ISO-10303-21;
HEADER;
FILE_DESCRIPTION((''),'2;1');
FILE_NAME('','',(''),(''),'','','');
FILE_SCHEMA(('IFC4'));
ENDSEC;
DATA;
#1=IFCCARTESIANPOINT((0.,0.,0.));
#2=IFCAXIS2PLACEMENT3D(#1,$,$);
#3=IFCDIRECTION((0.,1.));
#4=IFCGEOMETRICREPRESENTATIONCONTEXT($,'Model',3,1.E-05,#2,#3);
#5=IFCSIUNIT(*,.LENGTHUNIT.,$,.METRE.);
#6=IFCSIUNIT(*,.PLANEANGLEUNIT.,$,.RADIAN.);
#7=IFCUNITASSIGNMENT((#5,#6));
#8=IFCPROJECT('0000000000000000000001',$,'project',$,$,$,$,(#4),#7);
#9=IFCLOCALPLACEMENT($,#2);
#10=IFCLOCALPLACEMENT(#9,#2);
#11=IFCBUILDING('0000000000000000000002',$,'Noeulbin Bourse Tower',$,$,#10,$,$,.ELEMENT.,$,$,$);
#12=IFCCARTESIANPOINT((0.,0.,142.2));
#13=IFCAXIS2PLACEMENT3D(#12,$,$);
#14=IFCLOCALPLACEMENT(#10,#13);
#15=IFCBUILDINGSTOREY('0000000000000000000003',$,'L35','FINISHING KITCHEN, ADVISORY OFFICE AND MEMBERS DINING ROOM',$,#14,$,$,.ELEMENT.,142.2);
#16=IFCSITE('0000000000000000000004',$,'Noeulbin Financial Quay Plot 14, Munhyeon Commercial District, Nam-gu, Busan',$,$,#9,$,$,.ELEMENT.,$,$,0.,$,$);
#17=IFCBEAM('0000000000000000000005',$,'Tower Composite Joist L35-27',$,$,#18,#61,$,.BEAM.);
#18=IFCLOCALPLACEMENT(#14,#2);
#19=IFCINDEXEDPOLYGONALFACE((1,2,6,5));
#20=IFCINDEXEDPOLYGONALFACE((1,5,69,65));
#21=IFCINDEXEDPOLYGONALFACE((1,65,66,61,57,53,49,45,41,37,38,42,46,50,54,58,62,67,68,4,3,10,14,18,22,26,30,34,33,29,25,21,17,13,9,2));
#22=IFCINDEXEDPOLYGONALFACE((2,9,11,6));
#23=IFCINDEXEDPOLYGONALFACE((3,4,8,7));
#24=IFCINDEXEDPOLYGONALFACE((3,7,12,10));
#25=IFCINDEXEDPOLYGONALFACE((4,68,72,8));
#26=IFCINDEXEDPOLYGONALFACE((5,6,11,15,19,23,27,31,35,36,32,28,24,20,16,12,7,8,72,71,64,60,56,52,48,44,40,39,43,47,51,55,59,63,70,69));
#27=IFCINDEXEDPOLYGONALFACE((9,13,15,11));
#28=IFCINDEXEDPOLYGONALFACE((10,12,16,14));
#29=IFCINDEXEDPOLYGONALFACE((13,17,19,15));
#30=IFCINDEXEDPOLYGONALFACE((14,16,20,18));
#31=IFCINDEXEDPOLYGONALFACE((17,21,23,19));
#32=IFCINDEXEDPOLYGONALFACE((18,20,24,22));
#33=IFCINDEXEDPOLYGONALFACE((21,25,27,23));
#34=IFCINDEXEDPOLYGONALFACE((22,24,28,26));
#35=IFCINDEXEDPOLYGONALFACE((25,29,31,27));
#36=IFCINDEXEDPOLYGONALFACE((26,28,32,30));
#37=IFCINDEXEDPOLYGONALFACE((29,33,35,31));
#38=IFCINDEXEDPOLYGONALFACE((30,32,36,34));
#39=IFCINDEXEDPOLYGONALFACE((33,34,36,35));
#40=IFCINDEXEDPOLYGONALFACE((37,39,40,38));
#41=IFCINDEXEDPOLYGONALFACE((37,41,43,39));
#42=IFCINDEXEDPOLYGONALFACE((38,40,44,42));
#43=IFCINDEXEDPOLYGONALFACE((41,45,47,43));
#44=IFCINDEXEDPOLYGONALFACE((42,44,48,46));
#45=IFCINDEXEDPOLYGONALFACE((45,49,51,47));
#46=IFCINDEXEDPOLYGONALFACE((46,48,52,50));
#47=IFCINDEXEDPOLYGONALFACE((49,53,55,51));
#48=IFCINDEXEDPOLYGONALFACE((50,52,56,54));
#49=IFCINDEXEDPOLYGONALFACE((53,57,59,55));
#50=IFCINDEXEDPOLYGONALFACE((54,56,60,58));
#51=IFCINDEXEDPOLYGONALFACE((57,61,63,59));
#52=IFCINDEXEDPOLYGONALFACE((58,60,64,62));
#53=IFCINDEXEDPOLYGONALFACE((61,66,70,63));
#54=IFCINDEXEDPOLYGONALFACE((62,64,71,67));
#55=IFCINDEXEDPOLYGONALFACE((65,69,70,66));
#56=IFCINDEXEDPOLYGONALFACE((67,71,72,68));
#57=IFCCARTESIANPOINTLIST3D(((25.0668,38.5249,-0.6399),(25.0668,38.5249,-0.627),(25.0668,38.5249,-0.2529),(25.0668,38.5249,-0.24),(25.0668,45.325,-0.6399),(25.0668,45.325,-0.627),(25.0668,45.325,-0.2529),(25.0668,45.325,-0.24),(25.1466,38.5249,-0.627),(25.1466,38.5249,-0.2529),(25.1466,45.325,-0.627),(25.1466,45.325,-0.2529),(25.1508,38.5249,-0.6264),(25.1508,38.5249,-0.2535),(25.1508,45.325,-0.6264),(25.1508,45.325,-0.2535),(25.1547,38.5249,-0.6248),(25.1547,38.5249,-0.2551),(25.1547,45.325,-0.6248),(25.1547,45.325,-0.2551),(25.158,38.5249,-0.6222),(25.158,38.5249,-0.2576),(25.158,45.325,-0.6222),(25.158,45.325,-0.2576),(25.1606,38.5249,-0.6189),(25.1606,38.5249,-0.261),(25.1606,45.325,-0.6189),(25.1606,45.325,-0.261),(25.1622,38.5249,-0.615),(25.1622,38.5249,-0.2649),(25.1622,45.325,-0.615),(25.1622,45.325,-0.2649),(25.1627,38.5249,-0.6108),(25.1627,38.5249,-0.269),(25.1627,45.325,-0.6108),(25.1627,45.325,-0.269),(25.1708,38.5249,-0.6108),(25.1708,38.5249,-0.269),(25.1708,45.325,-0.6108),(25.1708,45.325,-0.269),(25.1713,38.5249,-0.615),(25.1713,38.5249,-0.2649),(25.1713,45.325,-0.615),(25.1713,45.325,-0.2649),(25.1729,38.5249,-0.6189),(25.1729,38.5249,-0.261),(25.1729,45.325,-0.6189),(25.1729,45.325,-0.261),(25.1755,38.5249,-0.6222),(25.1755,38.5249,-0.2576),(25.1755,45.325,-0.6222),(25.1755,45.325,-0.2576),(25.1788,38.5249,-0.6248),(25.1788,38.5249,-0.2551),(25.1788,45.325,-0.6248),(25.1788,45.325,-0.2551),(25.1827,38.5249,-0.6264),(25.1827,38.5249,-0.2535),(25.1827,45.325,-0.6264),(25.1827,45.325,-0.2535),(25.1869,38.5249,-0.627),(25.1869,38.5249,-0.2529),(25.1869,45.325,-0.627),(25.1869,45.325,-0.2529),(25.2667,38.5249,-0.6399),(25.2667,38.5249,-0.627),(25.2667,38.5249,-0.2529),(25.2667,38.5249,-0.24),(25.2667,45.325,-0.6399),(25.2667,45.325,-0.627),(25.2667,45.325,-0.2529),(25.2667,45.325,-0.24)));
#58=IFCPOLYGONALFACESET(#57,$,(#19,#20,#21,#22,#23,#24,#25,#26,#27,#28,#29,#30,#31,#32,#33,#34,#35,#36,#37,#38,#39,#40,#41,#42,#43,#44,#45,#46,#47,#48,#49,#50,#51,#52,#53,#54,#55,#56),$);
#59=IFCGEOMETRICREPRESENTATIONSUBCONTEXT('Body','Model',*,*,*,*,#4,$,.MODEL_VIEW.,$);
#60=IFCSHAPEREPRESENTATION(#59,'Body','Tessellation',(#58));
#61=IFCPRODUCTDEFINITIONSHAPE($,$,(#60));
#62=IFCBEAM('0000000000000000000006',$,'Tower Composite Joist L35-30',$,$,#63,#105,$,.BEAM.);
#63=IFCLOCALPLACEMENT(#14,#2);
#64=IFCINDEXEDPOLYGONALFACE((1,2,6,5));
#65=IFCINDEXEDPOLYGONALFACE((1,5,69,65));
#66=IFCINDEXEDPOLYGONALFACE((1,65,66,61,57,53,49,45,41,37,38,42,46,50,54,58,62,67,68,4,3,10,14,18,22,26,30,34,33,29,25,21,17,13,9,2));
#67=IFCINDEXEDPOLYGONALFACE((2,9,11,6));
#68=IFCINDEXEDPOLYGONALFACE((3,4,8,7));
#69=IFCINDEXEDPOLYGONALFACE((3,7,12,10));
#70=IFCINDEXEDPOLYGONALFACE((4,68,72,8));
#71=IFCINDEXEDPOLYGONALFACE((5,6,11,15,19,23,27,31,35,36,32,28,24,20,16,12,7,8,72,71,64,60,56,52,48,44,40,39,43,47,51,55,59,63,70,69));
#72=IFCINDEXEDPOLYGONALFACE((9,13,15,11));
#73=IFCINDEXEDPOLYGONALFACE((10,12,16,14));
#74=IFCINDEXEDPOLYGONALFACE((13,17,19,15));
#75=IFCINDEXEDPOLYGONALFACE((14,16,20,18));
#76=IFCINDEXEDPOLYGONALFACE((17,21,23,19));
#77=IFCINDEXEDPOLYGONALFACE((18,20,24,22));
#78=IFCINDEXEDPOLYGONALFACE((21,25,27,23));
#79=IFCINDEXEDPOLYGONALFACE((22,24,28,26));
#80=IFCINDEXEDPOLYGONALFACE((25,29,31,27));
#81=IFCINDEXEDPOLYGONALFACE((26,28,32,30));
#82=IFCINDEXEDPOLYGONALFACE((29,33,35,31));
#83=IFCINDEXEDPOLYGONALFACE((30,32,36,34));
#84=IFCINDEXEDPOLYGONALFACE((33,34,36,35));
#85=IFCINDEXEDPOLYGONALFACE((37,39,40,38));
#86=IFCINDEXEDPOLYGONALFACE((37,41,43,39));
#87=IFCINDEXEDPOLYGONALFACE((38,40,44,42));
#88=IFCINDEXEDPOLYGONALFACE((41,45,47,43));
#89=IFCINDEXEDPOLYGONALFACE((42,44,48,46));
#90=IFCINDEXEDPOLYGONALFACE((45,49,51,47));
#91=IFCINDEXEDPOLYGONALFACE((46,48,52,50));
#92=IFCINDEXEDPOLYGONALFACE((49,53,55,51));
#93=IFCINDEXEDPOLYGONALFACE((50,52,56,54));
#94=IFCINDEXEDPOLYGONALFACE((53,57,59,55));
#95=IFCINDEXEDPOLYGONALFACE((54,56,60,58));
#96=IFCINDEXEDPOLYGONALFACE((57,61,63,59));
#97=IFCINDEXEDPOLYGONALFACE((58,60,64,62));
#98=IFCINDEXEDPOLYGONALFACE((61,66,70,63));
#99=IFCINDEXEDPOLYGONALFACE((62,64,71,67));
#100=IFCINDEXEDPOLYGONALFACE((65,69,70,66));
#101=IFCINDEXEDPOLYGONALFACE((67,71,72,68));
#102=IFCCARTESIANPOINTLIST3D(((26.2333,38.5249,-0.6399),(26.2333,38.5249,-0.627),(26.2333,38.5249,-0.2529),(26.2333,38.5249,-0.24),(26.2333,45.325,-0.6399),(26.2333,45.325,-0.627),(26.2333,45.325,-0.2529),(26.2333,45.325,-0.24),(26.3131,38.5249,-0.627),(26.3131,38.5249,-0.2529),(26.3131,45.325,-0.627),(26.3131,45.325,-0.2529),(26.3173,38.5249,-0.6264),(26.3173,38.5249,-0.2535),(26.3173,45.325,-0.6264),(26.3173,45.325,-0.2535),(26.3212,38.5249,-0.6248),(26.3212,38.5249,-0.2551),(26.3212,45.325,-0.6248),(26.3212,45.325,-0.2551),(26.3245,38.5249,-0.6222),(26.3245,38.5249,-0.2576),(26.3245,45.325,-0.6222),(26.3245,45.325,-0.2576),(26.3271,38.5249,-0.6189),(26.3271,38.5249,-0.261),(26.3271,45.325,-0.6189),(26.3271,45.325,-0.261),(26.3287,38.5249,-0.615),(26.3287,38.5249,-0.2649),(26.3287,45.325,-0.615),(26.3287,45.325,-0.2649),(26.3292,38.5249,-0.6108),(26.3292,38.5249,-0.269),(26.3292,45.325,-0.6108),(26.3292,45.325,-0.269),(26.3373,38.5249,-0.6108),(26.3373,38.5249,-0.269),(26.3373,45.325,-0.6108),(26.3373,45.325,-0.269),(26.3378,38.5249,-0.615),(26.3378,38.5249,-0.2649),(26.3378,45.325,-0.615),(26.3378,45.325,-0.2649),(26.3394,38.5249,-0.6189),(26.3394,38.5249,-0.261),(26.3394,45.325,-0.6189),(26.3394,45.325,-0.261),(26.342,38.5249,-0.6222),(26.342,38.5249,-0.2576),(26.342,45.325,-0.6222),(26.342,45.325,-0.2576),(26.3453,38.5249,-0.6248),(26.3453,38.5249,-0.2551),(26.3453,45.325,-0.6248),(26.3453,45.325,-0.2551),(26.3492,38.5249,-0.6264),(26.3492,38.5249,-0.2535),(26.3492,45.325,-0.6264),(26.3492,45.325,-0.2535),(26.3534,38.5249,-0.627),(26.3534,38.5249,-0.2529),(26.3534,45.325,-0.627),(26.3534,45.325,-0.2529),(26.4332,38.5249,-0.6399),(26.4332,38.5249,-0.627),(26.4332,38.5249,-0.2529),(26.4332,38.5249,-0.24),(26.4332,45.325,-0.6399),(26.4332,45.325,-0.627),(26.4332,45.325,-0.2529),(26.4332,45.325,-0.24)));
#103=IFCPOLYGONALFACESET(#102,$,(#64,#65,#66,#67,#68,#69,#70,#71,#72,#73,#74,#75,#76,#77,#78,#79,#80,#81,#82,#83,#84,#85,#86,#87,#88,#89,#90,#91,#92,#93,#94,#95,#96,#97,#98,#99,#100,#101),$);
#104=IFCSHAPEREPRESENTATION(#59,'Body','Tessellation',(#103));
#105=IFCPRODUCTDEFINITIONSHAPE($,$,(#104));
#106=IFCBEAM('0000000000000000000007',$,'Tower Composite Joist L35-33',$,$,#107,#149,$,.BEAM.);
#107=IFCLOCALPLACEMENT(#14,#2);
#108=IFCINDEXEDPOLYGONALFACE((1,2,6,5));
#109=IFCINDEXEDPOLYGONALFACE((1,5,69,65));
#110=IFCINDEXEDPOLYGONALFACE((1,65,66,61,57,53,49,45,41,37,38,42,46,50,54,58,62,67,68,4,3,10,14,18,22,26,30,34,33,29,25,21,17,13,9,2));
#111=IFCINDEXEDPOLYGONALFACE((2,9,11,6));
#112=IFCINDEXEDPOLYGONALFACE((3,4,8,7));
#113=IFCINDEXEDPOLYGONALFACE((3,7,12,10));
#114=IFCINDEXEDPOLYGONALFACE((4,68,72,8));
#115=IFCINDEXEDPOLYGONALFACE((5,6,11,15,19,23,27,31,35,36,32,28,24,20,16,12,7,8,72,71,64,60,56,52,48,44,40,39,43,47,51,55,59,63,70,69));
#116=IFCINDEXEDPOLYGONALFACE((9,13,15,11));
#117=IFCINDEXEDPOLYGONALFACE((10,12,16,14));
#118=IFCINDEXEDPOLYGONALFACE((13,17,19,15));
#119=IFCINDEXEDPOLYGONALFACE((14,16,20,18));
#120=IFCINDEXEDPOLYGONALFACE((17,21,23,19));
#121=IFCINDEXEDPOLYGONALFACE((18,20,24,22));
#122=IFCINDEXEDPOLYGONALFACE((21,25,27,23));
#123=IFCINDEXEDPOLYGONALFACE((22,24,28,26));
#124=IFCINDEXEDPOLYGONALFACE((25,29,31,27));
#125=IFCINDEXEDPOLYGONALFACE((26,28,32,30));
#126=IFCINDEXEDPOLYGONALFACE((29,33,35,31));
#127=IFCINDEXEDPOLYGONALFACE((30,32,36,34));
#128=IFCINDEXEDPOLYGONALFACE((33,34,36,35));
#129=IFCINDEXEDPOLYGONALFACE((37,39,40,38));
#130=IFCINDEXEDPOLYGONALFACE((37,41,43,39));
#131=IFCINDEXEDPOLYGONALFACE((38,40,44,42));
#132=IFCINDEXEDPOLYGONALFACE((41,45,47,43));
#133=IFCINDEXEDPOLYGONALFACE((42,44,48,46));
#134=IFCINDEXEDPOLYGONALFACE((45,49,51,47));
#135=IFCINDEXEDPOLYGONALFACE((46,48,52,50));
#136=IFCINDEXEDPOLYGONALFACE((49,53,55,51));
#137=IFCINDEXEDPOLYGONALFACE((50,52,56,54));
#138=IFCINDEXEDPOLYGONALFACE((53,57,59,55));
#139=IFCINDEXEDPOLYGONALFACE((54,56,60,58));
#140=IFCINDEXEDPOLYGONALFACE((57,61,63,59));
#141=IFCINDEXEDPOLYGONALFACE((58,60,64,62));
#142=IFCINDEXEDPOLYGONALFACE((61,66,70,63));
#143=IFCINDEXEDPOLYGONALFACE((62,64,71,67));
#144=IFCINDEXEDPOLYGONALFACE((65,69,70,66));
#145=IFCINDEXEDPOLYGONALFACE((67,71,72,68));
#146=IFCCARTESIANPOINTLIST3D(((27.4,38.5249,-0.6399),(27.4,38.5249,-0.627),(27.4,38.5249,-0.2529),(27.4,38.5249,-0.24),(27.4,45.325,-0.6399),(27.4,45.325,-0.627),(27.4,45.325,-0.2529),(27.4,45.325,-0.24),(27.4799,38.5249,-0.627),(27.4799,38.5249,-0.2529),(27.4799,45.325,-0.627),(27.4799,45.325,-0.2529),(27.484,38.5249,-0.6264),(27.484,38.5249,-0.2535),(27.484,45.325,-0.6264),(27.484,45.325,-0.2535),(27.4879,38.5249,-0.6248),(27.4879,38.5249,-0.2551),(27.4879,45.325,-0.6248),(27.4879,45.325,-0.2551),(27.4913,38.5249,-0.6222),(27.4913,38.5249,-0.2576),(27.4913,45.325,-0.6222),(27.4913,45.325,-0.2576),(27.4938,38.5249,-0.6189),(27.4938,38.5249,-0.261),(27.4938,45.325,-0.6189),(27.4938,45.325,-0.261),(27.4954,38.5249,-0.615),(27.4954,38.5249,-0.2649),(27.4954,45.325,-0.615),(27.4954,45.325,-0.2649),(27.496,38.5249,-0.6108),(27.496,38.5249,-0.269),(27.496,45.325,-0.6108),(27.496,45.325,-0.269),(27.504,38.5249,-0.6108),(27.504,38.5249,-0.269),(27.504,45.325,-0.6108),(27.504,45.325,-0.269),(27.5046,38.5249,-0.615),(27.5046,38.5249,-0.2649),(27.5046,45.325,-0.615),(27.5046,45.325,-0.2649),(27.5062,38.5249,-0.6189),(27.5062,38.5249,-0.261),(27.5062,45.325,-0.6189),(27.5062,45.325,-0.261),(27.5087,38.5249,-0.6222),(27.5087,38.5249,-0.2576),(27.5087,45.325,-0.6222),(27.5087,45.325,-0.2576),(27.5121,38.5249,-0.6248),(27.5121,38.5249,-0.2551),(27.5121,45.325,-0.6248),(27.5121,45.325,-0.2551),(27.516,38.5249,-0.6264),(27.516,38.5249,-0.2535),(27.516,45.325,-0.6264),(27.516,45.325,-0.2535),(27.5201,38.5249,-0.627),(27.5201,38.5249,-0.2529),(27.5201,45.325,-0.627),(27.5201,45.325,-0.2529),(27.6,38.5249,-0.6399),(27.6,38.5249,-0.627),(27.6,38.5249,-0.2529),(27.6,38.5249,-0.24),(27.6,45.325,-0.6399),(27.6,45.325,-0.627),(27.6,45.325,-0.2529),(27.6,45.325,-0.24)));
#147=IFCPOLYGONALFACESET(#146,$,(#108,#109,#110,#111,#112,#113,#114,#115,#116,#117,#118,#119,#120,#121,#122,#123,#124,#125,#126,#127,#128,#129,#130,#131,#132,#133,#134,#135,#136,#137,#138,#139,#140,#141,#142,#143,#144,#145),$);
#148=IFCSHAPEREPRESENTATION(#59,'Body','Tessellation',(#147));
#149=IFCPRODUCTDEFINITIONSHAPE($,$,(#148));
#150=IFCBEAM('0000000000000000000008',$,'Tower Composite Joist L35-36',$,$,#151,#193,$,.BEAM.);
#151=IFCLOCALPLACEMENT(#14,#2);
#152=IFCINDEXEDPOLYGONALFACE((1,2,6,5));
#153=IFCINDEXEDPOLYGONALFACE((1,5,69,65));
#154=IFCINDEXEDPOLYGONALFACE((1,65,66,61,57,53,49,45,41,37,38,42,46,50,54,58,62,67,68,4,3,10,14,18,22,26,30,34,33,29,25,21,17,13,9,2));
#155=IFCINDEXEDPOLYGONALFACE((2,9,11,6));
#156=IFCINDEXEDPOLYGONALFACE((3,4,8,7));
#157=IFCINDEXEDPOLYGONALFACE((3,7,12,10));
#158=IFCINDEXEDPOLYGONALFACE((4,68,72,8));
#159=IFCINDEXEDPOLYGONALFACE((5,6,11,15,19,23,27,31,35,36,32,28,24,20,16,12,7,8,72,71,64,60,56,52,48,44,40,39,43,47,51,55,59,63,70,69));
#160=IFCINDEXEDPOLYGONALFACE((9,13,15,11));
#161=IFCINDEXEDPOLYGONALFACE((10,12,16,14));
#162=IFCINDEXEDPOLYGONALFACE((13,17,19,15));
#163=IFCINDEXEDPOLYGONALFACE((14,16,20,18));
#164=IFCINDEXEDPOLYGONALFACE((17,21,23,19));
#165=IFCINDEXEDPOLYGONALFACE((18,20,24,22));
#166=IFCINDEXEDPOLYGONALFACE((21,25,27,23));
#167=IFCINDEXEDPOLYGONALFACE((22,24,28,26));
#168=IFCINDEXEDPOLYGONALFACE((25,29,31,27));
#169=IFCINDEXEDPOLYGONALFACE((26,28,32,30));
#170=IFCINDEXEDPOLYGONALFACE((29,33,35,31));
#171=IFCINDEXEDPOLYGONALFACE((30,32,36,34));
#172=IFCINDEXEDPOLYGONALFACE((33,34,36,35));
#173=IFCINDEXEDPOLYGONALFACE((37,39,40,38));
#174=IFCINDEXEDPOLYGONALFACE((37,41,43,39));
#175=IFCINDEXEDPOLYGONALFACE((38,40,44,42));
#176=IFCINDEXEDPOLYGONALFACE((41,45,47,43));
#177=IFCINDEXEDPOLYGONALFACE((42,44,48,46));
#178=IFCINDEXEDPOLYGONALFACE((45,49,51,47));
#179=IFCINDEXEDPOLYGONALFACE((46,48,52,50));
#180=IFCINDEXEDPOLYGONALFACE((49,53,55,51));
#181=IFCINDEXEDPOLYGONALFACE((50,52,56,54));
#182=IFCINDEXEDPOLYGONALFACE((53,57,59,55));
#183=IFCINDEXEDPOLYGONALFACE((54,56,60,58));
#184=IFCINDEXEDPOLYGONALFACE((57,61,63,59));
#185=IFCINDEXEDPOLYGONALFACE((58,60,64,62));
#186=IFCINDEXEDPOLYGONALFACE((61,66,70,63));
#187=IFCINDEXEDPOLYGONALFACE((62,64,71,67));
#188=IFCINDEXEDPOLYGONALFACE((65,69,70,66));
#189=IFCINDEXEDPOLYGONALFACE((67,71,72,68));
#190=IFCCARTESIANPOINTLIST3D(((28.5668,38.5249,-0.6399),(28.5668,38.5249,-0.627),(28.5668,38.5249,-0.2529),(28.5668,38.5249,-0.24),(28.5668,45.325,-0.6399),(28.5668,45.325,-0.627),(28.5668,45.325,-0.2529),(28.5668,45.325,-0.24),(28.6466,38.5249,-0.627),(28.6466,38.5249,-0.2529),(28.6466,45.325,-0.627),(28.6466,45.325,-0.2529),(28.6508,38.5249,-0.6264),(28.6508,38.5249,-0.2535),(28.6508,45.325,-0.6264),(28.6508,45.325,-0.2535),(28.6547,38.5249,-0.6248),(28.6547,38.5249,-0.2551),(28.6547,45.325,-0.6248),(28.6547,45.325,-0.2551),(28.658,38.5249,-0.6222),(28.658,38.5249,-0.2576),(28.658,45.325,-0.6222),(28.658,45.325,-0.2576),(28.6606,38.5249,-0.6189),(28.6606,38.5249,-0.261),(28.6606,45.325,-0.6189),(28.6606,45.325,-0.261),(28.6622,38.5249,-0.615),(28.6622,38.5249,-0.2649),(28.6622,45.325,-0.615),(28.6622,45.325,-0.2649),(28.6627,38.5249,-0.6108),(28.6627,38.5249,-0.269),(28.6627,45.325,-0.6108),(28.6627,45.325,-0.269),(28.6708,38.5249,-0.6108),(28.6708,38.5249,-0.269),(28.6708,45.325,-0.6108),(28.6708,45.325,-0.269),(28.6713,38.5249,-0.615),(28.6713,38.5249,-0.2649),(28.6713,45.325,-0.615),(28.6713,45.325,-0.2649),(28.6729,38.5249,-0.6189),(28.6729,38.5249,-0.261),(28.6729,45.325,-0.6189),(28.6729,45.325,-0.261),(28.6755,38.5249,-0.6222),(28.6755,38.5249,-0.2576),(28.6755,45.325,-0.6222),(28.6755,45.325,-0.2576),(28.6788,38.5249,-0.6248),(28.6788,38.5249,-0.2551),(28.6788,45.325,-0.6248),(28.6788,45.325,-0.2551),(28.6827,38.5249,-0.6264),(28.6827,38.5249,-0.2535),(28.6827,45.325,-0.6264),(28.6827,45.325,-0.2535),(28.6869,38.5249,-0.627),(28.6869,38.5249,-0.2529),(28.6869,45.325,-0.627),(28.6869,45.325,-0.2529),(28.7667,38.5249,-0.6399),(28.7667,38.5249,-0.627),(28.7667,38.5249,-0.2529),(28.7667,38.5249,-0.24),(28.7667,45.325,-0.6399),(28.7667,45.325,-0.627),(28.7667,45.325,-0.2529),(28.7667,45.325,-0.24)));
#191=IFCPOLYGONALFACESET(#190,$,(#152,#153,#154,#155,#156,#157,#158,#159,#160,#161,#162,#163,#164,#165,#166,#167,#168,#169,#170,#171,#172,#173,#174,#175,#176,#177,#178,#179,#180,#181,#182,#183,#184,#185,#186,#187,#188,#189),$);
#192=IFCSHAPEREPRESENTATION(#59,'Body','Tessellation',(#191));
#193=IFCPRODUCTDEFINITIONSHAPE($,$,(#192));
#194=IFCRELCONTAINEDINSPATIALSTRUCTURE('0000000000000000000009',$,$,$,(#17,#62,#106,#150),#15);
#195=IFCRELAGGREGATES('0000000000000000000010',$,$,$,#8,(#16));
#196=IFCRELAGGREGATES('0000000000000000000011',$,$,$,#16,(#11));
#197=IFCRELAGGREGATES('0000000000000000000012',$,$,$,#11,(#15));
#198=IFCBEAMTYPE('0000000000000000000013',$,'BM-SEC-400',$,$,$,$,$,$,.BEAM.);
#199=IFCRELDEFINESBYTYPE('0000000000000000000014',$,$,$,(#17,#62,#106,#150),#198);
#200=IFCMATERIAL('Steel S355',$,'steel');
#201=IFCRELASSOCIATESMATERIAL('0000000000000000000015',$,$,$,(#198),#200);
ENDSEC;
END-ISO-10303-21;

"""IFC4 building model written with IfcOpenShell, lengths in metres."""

from ifc_helpers import new_model, si_unit, direction, frame, origin, origin_2d, place, context, subcontext, project, spatial, i_section, extrude, material, material_profile, profile_set, type_object, element, save


model = new_model("IFC4")

# Units and contexts
model_context = context("Model", 3, precision=1e-05, world=origin(), true_north=direction((0.0, 1.0)))
body_context = subcontext(model_context, "Body", "Model", "MODEL_VIEW")
ifc_project = project(units=[si_unit("LENGTHUNIT", "METRE"), si_unit("PLANEANGLEUNIT", "RADIAN")], contexts=[model_context])

# Site, building, storey
site_placement = place(None, origin())
site = spatial("IfcSite", under=ifc_project, at=site_placement, Name="Noeulbin Financial Quay Plot 14, Munhyeon Commercial District, Nam-gu, Busan", CompositionType="ELEMENT", RefElevation=0.0)
building_placement = place(site_placement, origin())
building = spatial("IfcBuilding", under=site, at=building_placement, Name="Noeulbin Bourse Tower", CompositionType="ELEMENT")
storey_placement = place(building_placement, frame((0.0, 0.0, 142.2)))
storey = spatial("IfcBuildingStorey", under=building, at=storey_placement, Name="L35", Description="FINISHING KITCHEN, ADVISORY OFFICE AND MEMBERS DINING ROOM", CompositionType="ELEMENT", Elevation=142.2)

# Shared definitions
ifc_material_1 = material(Name="Steel S355", Category="steel")

# Beams
ifc_material_profile_1 = material_profile(ifc_material_1, i_section(OverallWidth=0.2, OverallDepth=0.3999, WebThickness=0.0081, FlangeThickness=0.0129, FilletRadius=0.0161, at=origin_2d()), Name="H-400x200x8x13", Category="LoadBearing")
ifc_profile_set_1 = profile_set([ifc_material_profile_1], Name="Steel S355")
beam_type_1 = type_object("IfcBeamType", Name="BM-SEC-400", PredefinedType="BEAM", material=ifc_profile_set_1)
for number, where, z_axis, x_axis, name in (
    (1, (25.1667, 38.5249, -0.4399), (0.0, 1.0, 0.0), (-1.0, 0.0, 0.0), "Tower Composite Joist L35-27"),
    (2, (26.3333, 38.5249, -0.4399), (0.0, 1.0, 0.0), (-1.0, 0.0, 0.0), "Tower Composite Joist L35-30"),
    (3, (27.5, 38.5249, -0.4399), (0.0, 1.0, 0.0), (-1.0, 0.0, 0.0), "Tower Composite Joist L35-33"),
    (4, (28.6667, 38.5249, -0.4399), (0.0, 1.0, 0.0), (-1.0, 0.0, 0.0), "Tower Composite Joist L35-36"),
):
    element("IfcBeam", number, at=place(storey_placement, frame(where, z_axis=z_axis, x_axis=x_axis)), inside=storey, type_object=beam_type_1, Name=name, PredefinedType="BEAM", context=body_context, shape_type="SweptSolid", body=[
        extrude(i_section(OverallWidth=0.2, OverallDepth=0.3999, WebThickness=0.0081, FlangeThickness=0.0129, FilletRadius=0.0161, at=origin_2d()), origin(), (0.0, 0.0, 1.0), 6.8),
    ])

save(model, "model.ifc")
